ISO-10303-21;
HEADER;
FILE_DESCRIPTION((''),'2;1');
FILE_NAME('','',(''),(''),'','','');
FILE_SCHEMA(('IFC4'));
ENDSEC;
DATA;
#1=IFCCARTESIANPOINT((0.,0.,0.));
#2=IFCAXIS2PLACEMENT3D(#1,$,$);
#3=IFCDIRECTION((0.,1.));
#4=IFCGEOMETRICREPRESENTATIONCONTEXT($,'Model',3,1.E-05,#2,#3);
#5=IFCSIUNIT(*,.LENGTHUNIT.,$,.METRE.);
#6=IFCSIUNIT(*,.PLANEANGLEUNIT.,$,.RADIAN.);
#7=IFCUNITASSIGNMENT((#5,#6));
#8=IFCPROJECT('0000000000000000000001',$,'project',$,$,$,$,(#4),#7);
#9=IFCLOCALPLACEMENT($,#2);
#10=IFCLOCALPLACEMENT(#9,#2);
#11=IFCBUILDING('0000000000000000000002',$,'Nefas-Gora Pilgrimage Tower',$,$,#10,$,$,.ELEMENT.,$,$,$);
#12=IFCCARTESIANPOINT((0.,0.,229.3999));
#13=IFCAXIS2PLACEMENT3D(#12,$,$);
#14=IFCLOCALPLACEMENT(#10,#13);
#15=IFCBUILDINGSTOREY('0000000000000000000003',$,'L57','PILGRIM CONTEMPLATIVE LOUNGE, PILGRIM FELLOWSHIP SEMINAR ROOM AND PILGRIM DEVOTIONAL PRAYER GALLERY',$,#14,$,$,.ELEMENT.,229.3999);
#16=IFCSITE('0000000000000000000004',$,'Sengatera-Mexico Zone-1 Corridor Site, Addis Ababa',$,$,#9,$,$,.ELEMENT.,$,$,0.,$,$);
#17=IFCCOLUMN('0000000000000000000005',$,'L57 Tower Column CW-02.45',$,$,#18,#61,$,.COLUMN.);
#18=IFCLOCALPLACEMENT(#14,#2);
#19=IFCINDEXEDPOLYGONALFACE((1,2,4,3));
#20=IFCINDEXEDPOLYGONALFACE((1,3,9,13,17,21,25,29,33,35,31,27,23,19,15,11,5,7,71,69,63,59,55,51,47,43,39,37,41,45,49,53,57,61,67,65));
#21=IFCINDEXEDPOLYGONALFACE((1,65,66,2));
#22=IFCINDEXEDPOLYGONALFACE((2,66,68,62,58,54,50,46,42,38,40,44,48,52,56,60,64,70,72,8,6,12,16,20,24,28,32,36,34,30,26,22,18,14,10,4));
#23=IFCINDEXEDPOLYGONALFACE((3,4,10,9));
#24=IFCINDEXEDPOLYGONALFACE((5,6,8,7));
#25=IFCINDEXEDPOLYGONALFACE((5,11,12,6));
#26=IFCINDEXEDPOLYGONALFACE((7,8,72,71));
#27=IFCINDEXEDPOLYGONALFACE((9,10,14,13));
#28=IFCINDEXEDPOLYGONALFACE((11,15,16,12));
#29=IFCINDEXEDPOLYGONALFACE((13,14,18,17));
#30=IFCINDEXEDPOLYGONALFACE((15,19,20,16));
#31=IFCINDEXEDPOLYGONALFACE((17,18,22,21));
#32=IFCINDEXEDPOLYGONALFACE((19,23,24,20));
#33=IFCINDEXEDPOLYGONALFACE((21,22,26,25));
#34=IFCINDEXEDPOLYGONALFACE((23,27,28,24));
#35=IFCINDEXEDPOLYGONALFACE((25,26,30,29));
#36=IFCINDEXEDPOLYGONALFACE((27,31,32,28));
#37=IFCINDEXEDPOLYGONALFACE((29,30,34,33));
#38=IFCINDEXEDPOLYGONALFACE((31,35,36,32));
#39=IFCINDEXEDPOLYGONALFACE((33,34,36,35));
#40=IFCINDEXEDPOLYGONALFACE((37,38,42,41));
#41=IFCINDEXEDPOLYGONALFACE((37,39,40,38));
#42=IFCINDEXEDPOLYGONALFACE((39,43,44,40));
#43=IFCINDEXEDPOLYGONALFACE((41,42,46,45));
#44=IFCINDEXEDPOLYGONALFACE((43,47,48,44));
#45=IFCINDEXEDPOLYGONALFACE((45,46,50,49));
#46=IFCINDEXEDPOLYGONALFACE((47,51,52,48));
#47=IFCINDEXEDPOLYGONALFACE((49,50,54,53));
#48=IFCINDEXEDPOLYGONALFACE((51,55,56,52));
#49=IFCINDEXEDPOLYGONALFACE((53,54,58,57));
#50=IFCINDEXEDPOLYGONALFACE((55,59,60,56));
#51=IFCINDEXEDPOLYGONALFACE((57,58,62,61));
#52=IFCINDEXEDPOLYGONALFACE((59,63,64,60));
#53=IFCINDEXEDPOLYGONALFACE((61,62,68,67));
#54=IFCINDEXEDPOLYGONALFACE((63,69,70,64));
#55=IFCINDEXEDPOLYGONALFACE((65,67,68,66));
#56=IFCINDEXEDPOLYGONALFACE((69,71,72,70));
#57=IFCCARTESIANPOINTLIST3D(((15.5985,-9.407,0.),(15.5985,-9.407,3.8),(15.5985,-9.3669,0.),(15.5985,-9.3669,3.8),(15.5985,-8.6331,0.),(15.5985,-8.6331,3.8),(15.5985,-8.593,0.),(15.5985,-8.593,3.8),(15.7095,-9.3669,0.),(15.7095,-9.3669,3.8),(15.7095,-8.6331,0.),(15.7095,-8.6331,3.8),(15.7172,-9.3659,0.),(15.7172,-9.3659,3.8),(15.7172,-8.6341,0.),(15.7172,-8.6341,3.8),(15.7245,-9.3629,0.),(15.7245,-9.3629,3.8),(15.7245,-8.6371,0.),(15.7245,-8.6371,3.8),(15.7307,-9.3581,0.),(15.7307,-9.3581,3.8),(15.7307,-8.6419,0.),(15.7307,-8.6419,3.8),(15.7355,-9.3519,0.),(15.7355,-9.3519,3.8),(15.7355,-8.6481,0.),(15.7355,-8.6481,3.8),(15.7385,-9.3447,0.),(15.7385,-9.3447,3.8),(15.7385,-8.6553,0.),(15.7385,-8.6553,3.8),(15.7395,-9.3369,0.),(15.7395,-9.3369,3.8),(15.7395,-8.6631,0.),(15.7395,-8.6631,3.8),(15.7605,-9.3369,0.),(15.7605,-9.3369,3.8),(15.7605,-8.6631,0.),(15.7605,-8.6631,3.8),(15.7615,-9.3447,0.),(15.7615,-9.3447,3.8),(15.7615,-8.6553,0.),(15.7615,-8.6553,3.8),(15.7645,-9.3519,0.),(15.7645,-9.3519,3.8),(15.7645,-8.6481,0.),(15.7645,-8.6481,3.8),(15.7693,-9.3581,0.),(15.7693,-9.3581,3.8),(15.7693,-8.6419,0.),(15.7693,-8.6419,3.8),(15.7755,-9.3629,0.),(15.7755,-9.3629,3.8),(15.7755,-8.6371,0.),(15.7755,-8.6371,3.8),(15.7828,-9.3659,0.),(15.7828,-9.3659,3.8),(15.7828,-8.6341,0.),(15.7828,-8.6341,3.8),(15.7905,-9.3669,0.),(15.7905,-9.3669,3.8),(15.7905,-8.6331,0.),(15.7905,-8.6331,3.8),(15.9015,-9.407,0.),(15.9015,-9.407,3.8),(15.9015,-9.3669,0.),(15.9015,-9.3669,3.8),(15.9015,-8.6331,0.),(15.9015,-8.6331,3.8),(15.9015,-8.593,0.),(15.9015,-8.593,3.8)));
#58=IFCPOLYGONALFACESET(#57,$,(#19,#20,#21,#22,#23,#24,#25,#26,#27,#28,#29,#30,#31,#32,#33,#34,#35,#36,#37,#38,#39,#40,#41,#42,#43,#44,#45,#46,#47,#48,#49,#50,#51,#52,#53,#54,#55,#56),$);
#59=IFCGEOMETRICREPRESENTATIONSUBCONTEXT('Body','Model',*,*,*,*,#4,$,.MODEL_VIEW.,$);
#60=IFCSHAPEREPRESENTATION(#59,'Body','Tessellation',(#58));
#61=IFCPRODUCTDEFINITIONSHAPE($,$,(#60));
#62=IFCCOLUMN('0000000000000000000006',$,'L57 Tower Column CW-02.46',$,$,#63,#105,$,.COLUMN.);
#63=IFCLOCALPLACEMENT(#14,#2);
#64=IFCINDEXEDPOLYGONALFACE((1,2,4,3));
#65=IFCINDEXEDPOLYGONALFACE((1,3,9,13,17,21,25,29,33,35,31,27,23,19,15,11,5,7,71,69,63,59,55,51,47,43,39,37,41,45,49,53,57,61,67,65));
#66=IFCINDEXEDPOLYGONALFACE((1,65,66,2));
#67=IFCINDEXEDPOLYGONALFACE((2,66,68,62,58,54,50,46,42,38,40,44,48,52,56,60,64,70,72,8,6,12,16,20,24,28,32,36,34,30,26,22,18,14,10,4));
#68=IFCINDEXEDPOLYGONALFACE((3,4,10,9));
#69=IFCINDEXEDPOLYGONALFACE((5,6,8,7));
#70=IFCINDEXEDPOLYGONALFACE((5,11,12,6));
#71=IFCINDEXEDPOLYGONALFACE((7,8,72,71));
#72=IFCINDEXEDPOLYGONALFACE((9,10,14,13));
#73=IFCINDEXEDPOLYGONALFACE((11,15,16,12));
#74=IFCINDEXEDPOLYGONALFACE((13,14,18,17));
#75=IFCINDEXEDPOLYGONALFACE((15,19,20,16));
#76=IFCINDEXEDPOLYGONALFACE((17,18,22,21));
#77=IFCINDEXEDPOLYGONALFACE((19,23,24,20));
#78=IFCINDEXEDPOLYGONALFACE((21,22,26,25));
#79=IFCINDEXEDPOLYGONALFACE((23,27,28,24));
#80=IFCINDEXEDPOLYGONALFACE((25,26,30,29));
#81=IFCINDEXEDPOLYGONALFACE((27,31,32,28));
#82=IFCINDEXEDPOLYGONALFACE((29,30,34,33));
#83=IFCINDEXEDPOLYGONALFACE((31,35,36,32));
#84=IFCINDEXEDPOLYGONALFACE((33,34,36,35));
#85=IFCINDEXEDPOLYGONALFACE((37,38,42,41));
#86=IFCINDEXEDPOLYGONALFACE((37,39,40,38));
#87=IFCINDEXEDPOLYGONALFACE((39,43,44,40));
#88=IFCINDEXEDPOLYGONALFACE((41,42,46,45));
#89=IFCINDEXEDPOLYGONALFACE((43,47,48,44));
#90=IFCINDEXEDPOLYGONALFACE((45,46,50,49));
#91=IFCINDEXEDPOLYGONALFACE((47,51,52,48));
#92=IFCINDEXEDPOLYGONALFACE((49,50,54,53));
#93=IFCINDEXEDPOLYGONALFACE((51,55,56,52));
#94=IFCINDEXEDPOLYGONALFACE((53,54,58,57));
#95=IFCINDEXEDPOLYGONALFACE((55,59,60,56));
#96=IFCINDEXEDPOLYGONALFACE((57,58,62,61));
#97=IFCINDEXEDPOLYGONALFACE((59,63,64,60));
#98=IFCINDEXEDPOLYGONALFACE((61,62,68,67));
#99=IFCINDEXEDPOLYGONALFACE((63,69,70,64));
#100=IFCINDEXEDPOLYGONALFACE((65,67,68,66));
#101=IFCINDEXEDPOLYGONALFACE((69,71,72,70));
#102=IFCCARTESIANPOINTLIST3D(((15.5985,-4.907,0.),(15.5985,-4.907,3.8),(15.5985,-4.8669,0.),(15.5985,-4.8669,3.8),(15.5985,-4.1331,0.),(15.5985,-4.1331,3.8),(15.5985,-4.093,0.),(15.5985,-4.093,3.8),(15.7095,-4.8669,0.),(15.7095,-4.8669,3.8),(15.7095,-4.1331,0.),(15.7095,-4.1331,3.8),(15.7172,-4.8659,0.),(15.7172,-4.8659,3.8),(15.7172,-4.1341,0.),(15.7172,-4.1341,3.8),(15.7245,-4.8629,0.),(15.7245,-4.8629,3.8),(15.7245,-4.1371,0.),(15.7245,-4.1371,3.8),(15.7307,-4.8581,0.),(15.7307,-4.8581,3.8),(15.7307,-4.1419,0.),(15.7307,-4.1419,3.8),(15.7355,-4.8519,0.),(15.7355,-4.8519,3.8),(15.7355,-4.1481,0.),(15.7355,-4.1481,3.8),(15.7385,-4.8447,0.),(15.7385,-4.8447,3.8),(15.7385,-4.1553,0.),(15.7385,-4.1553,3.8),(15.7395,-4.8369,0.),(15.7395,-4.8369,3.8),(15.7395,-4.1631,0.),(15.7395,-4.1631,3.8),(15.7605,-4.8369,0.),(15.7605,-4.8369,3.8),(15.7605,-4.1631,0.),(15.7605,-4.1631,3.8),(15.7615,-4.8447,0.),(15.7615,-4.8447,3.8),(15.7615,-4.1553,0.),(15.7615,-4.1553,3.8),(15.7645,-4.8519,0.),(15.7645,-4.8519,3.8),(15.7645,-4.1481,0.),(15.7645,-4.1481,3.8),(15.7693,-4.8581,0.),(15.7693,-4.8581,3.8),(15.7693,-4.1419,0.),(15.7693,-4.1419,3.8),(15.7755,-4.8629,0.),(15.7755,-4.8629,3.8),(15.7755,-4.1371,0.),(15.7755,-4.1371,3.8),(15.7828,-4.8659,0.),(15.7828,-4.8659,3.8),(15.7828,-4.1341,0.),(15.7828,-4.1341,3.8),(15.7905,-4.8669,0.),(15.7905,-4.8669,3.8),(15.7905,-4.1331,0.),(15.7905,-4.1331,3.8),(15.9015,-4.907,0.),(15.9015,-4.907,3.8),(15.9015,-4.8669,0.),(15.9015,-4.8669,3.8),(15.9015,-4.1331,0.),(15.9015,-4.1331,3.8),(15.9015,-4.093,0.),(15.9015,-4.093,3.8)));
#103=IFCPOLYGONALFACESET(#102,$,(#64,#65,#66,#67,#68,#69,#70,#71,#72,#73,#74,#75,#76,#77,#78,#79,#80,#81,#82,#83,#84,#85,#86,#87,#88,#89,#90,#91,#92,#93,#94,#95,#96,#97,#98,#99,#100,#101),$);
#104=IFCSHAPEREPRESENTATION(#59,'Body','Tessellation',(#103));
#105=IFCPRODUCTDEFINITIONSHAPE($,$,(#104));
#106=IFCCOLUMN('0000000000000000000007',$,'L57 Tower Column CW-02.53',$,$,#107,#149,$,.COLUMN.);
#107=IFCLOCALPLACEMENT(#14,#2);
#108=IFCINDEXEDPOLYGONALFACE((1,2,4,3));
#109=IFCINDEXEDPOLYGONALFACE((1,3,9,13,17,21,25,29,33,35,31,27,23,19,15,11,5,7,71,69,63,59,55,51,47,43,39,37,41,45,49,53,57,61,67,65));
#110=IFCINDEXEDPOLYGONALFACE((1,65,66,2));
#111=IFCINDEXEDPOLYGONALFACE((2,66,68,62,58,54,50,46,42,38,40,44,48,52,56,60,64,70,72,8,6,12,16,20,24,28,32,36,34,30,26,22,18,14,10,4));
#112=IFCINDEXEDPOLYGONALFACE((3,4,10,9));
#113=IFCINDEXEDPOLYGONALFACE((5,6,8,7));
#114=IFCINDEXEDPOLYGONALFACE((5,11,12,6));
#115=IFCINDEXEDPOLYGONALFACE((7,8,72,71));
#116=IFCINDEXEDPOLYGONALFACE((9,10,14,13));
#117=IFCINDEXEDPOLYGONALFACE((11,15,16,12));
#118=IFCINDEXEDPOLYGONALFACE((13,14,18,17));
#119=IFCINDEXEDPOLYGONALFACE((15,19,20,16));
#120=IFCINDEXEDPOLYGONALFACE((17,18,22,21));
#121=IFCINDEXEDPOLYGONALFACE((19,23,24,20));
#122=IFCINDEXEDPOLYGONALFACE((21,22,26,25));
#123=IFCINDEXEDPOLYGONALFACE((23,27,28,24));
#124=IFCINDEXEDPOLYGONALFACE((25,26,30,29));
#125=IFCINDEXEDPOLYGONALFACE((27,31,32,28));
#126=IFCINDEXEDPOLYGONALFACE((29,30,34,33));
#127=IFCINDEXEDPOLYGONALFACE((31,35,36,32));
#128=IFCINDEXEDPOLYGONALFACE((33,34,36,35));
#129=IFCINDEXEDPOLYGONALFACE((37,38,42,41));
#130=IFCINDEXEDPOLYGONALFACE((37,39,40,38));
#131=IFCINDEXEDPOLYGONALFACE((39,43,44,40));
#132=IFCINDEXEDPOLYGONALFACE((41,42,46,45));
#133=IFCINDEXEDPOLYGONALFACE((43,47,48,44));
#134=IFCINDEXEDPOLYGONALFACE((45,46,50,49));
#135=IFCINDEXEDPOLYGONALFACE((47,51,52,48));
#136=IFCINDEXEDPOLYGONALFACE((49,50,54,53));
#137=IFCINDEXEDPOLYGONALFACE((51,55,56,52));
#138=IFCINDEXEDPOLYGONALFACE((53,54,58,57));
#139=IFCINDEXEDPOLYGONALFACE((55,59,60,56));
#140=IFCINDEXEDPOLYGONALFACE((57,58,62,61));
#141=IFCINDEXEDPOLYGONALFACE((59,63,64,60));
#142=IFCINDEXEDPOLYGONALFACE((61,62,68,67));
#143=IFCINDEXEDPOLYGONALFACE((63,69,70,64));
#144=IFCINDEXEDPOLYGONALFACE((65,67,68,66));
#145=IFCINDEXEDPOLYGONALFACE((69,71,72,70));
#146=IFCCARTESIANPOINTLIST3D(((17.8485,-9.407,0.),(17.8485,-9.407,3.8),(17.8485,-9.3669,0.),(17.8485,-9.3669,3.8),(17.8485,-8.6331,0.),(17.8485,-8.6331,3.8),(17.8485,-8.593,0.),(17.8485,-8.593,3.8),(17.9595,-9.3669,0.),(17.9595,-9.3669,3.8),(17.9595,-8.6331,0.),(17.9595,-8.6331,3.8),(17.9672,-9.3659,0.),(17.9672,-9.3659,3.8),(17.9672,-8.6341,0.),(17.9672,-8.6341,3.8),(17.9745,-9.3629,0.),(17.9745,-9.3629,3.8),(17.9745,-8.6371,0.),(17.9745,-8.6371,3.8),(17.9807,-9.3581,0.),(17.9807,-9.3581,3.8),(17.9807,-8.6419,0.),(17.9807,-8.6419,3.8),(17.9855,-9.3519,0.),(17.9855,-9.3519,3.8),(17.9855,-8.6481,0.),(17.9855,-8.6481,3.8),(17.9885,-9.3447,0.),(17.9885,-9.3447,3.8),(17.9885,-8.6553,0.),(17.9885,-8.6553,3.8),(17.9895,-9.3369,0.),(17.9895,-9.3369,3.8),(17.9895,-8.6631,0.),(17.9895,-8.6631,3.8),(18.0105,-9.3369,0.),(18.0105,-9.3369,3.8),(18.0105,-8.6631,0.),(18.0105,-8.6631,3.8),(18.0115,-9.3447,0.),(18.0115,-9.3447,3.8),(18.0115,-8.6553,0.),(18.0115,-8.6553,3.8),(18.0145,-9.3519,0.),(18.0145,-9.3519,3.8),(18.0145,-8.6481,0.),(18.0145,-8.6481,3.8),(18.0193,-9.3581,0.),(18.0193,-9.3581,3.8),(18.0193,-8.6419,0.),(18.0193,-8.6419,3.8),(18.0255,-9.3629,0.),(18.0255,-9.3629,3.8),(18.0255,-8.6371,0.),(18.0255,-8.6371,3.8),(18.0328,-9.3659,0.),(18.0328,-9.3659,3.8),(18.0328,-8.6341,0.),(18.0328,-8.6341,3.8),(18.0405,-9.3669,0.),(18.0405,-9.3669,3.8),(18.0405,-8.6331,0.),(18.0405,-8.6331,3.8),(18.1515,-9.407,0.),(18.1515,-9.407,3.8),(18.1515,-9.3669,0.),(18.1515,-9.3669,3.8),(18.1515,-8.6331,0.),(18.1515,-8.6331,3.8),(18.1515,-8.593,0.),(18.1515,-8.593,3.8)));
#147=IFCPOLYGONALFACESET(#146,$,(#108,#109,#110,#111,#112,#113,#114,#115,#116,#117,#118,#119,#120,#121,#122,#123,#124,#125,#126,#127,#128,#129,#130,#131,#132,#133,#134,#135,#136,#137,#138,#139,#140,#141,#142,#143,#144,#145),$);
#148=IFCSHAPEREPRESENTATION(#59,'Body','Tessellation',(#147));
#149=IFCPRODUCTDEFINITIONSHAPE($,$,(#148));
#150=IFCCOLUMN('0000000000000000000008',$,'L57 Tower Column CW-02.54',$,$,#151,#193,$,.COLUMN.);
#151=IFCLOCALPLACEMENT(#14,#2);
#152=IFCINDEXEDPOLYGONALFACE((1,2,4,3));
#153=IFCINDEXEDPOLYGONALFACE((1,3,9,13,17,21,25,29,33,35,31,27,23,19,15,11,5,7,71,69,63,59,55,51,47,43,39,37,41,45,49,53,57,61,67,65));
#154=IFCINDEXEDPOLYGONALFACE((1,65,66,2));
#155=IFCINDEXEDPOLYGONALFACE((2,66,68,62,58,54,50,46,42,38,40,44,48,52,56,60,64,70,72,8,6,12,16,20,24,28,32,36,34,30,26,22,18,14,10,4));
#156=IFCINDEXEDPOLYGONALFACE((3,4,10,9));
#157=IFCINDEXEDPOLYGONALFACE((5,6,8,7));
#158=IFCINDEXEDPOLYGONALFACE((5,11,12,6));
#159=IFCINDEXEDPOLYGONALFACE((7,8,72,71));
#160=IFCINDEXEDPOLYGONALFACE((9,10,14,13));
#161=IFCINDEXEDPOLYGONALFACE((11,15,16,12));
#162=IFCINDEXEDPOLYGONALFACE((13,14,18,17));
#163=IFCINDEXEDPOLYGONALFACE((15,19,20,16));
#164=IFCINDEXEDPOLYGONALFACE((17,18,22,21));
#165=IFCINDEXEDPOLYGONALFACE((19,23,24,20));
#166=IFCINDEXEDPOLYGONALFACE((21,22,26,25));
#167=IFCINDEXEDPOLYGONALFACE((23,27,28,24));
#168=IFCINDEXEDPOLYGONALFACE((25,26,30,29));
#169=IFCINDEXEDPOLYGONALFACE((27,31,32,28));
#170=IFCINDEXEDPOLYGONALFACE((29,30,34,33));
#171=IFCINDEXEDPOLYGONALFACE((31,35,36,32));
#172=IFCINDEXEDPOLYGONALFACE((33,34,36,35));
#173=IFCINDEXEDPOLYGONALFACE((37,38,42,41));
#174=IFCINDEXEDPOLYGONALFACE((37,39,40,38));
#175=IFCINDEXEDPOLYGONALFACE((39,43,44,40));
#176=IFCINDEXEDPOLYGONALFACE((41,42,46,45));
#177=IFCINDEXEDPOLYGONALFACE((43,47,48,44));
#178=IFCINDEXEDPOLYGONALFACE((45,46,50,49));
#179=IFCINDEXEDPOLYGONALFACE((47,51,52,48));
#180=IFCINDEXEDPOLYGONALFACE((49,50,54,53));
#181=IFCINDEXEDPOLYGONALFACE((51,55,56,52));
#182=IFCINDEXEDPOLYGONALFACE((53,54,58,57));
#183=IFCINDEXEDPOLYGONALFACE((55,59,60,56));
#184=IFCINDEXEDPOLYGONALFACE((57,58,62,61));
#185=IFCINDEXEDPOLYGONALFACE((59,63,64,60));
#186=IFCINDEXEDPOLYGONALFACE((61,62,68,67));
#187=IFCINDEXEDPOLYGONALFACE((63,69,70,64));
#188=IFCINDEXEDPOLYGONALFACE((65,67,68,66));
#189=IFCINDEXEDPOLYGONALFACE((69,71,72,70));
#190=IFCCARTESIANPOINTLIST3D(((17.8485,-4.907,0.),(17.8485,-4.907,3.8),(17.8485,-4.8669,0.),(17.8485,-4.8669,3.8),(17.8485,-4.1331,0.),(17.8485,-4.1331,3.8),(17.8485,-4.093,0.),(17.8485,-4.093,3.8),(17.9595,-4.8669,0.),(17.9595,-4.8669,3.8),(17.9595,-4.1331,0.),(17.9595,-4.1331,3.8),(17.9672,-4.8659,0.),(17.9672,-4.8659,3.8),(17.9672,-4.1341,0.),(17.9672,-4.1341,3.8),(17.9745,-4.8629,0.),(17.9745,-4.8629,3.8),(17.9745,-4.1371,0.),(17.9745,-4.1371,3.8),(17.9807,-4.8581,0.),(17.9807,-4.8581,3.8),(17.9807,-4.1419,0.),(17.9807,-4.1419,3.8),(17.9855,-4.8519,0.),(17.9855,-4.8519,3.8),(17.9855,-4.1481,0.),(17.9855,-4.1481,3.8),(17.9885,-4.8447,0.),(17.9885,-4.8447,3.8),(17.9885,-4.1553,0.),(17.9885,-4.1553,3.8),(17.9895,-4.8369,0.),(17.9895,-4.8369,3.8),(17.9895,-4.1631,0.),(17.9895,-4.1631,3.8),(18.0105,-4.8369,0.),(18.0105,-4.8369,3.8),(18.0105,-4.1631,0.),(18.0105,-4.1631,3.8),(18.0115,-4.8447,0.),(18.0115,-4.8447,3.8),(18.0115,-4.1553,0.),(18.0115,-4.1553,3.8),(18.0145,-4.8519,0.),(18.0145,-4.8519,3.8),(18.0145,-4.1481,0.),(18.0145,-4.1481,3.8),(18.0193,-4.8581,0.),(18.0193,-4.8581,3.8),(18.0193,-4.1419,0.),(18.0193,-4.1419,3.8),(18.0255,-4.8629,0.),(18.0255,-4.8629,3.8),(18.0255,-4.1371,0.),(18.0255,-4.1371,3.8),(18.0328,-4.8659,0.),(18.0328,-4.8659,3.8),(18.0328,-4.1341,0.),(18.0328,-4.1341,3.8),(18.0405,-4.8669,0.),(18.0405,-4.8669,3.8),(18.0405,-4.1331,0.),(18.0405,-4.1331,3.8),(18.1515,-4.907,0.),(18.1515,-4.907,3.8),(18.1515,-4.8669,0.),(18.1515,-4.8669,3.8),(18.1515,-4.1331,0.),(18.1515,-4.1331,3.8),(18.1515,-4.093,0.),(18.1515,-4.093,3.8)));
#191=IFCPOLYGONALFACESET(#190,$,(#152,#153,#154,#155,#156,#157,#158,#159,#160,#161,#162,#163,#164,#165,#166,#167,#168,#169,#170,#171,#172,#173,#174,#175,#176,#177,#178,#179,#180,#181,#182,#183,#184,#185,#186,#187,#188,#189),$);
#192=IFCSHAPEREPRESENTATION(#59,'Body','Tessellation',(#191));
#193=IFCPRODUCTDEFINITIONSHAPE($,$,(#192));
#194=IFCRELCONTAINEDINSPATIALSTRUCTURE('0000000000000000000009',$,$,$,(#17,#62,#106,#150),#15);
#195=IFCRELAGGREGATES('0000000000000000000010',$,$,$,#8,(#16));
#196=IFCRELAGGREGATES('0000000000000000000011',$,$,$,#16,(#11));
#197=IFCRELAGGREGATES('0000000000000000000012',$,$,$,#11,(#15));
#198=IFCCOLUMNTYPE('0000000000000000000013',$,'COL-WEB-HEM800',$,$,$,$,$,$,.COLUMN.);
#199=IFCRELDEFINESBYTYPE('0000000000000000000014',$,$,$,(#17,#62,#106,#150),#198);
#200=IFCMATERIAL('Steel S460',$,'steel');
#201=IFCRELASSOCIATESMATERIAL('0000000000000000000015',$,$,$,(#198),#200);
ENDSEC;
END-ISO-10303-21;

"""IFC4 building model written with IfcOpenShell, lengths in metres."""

from ifc_helpers import new_model, si_unit, direction, frame, origin, origin_2d, place, context, subcontext, project, spatial, i_section, extrude, source, transform, mapped, material, material_profile, profile_set, type_object, element, save


model = new_model("IFC4")

# Units and contexts
model_context = context("Model", 3, precision=1e-05, world=origin(), true_north=direction((0.0, 1.0)))
body_context = subcontext(model_context, "Body", "Model", "MODEL_VIEW")
ifc_project = project(units=[si_unit("LENGTHUNIT", "METRE"), si_unit("PLANEANGLEUNIT", "RADIAN")], contexts=[model_context])

# Site, building, storey
site_placement = place(None, origin())
site = spatial("IfcSite", under=ifc_project, at=site_placement, Name="Sengatera-Mexico Zone-1 Corridor Site, Addis Ababa", CompositionType="ELEMENT", RefElevation=0.0)
building_placement = place(site_placement, origin())
building = spatial("IfcBuilding", under=site, at=building_placement, Name="Nefas-Gora Pilgrimage Tower", CompositionType="ELEMENT")
storey_placement = place(building_placement, frame((0.0, 0.0, 229.3999)))
storey = spatial("IfcBuildingStorey", under=building, at=storey_placement, Name="L57", Description="PILGRIM CONTEMPLATIVE LOUNGE, PILGRIM FELLOWSHIP SEMINAR ROOM AND PILGRIM DEVOTIONAL PRAYER GALLERY", CompositionType="ELEMENT", Elevation=229.3999)

# Columns
ifc_material_1 = material(Name="Steel S460", Category="steel")
ifc_material_profile_1 = material_profile(ifc_material_1, i_section(OverallWidth=0.303, OverallDepth=0.814, WebThickness=0.021, FlangeThickness=0.04, FilletRadius=0.03, at=origin_2d()), Name="HEM 800")
ifc_profile_set_1 = profile_set([ifc_material_profile_1], Name="Steel S460")
column_type_1 = type_object("IfcColumnType", Name="COL-WEB-HEM800", PredefinedType="COLUMN", material=ifc_profile_set_1)
shared_shape_1 = source(origin(), body_context, "Body", "SweptSolid", [
    extrude(i_section(OverallWidth=0.303, OverallDepth=0.814, WebThickness=0.021, FlangeThickness=0.04, FilletRadius=0.03, at=origin_2d()), origin(), (0.0, 0.0, 1.0), 3.8),
])
for number, where, z_axis, x_axis, name in (
    (1, (15.75, -9.0, 0.0), (0.0, 0.0, 1.0), (1.0, 0.0, 0.0), "L57 Tower Column CW-02.45"),
    (2, (15.75, -4.5, 0.0), (0.0, 0.0, 1.0), (1.0, 0.0, 0.0), "L57 Tower Column CW-02.46"),
    (3, (18.0, -9.0, 0.0), (0.0, 0.0, 1.0), (1.0, 0.0, 0.0), "L57 Tower Column CW-02.53"),
    (4, (18.0, -4.5, 0.0), (0.0, 0.0, 1.0), (1.0, 0.0, 0.0), "L57 Tower Column CW-02.54"),
):
    element("IfcColumn", number, at=place(storey_placement, frame(where, z_axis=z_axis, x_axis=x_axis)), inside=storey, type_object=column_type_1, Name=name, PredefinedType="COLUMN", context=body_context, shape_type="MappedRepresentation", body=[
        mapped(shared_shape_1, transform((0.0, 0.0, 0.0), x_axis=(1.0, 0.0, 0.0), y_axis=(0.0, 1.0, 0.0), z_axis=(0.0, 0.0, 1.0), scale=1.0)),
    ])

save(model, "model.ifc")
